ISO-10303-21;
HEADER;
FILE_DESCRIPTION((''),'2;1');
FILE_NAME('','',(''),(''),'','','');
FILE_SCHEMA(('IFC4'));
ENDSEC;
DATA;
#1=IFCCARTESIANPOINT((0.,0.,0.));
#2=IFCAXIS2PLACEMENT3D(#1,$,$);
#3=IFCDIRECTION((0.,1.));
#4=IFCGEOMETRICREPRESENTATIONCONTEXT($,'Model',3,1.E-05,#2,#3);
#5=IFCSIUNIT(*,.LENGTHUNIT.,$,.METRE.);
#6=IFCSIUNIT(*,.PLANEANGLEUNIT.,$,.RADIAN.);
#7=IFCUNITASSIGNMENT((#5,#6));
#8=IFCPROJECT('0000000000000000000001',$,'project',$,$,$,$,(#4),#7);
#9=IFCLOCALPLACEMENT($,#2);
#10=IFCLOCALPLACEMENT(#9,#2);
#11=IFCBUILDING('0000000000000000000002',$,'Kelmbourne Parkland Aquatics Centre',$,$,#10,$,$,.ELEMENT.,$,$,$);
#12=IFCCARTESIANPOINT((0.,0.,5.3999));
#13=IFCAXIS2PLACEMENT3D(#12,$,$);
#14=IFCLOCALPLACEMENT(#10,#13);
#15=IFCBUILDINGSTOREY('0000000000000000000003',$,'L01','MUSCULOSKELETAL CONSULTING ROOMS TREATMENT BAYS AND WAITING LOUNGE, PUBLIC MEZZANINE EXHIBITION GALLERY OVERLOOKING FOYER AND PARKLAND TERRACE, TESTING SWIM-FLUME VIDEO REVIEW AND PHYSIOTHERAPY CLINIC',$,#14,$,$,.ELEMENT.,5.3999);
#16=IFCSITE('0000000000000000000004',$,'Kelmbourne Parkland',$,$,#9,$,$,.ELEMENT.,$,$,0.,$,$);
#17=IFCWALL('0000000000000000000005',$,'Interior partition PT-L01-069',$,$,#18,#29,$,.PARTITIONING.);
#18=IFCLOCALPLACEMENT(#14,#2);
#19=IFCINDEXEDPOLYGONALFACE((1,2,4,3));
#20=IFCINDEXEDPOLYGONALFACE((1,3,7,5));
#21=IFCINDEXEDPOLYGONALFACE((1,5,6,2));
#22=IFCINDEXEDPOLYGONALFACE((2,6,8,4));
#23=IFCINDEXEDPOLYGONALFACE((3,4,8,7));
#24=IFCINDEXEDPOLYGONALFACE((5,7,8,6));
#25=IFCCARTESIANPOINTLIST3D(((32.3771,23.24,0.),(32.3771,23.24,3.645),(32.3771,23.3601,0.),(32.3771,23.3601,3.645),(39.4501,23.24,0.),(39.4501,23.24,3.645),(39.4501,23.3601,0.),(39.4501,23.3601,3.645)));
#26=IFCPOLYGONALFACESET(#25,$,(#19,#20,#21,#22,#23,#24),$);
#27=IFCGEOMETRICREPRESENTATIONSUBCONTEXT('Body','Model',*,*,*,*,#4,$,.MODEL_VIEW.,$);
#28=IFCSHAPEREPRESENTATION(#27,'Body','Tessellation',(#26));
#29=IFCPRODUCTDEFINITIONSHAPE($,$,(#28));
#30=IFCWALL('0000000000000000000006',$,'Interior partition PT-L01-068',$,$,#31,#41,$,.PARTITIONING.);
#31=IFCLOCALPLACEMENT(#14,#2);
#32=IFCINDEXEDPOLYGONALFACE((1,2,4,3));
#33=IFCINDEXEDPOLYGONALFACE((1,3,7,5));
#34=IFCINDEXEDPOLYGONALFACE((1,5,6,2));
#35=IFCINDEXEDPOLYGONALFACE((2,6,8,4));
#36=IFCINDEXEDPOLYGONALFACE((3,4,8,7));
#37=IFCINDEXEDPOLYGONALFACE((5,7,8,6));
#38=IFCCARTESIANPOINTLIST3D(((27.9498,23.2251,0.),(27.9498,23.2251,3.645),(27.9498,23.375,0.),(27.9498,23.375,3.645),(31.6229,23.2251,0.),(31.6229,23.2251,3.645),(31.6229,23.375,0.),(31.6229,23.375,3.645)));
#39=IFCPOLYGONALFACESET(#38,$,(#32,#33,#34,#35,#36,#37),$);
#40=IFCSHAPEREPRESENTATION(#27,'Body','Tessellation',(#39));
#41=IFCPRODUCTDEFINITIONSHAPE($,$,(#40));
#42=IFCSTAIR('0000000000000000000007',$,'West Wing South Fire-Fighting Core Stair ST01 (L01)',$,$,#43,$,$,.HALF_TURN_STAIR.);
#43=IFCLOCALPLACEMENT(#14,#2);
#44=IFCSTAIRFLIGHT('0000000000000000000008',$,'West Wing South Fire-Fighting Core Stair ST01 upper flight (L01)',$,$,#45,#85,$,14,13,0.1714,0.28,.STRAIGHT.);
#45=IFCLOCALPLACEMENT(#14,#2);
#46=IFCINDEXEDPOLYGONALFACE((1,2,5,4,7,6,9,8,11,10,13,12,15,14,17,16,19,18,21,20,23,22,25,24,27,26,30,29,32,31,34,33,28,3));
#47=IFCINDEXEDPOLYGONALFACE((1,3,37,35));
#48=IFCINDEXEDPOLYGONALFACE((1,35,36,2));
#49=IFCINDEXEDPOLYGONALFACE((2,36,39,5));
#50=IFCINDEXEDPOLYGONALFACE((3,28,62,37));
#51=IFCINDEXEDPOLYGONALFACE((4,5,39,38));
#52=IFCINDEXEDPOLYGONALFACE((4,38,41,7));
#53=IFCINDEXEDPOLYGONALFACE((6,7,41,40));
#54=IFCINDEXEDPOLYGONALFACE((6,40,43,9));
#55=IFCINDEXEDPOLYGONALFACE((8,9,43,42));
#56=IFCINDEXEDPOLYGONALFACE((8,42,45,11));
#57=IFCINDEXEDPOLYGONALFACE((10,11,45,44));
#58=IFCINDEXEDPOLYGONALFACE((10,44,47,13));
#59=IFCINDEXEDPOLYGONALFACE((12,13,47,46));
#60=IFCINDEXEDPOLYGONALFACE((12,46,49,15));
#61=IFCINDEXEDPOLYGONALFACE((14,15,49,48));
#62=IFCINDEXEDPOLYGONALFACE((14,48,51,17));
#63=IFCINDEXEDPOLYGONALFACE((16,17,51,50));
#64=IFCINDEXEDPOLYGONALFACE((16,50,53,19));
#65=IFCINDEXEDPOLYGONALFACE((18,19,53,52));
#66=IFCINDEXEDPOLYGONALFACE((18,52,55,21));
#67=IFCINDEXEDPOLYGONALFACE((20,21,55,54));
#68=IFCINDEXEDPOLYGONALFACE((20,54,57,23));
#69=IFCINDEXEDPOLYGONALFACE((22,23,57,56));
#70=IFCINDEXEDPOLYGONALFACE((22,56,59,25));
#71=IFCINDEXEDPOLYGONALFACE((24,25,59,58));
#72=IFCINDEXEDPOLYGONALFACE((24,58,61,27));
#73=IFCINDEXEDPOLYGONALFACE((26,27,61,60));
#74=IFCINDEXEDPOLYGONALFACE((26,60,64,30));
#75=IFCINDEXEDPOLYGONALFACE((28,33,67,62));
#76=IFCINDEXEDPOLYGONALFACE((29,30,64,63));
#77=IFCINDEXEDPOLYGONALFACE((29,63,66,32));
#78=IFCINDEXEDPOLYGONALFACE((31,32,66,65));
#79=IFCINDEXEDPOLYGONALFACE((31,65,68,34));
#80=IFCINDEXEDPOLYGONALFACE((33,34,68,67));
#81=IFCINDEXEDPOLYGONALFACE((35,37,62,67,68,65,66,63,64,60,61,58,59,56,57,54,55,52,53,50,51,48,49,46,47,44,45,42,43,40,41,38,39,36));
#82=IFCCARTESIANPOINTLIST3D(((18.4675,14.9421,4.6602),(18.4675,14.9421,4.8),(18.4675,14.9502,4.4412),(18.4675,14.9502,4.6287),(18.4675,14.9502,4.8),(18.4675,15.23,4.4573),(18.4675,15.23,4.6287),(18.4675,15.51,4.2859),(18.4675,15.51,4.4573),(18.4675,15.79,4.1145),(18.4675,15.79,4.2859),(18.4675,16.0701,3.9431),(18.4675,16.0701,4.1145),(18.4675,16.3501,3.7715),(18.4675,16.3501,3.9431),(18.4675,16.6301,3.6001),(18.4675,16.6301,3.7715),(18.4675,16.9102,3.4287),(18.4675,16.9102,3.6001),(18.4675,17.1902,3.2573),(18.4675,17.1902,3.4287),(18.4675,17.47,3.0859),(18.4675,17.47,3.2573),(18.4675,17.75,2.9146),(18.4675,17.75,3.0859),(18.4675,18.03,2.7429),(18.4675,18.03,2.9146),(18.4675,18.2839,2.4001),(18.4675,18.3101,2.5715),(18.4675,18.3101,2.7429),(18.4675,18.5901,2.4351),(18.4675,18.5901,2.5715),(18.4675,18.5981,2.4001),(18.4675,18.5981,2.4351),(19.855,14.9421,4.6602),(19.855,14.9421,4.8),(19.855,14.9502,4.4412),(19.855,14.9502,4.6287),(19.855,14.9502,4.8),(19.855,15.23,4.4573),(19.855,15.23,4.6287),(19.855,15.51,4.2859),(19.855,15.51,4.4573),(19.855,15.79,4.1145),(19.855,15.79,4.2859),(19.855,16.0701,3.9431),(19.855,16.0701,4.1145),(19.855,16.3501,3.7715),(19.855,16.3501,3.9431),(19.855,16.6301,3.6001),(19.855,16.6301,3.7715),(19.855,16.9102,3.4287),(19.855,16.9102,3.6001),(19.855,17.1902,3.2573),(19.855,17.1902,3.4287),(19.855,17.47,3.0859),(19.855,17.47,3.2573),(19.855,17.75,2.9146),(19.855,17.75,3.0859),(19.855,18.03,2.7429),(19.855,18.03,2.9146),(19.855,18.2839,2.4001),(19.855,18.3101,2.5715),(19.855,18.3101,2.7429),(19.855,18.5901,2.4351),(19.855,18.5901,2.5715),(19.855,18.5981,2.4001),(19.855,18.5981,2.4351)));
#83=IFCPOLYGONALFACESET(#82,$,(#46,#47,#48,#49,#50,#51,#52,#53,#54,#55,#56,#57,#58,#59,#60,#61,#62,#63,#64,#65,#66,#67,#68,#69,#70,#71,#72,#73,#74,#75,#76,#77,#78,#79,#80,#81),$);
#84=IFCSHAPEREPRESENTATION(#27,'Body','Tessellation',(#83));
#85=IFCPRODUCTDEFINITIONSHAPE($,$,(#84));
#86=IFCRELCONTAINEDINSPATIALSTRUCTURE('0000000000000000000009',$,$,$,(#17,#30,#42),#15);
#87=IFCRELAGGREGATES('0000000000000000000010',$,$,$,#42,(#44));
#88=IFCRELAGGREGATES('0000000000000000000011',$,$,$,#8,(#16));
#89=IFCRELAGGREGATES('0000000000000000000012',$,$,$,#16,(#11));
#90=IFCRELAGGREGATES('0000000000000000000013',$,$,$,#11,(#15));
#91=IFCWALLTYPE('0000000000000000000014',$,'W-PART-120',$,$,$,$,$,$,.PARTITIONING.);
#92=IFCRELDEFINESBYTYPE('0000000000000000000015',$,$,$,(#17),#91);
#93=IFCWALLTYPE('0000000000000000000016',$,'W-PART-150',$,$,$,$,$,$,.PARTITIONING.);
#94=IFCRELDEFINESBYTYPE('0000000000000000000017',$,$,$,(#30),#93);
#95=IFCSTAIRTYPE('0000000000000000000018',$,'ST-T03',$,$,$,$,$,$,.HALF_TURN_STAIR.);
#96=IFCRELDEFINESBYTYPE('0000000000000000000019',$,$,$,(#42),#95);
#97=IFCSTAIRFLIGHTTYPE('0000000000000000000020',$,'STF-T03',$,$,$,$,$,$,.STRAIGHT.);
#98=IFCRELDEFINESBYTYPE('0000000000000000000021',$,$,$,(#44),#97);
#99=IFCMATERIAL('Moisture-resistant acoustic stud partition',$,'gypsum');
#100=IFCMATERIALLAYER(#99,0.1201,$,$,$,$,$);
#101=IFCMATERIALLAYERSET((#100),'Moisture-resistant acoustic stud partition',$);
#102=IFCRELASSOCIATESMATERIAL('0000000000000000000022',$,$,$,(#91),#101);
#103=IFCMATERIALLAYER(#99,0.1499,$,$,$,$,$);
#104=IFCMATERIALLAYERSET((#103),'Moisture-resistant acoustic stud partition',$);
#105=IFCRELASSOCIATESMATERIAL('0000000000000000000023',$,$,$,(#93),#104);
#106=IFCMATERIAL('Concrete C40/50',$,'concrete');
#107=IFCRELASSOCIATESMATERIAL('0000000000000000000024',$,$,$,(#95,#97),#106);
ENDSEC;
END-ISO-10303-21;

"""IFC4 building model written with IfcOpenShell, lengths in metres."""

from ifc_helpers import new_model, si_unit, direction, frame, frame_2d, origin, place, context, subcontext, project, spatial, polyline, rectangle, outline, extrude, material, layer, layer_set, type_object, element, aggregate, save


model = new_model("IFC4")

# Units and contexts
model_context = context("Model", 3, precision=1e-05, world=origin(), true_north=direction((0.0, 1.0)))
body_context = subcontext(model_context, "Body", "Model", "MODEL_VIEW")
ifc_project = project(units=[si_unit("LENGTHUNIT", "METRE"), si_unit("PLANEANGLEUNIT", "RADIAN")], contexts=[model_context])

# Site, building, storey
site_placement = place(None, origin())
site = spatial("IfcSite", under=ifc_project, at=site_placement, Name="Kelmbourne Parkland", CompositionType="ELEMENT", RefElevation=0.0)
building_placement = place(site_placement, origin())
building = spatial("IfcBuilding", under=site, at=building_placement, Name="Kelmbourne Parkland Aquatics Centre", CompositionType="ELEMENT")
storey_placement = place(building_placement, frame((0.0, 0.0, 5.3999)))
storey = spatial("IfcBuildingStorey", under=building, at=storey_placement, Name="L01", Description="MUSCULOSKELETAL CONSULTING ROOMS TREATMENT BAYS AND WAITING LOUNGE, PUBLIC MEZZANINE EXHIBITION GALLERY OVERLOOKING FOYER AND PARKLAND TERRACE, TESTING SWIM-FLUME VIDEO REVIEW AND PHYSIOTHERAPY CLINIC", CompositionType="ELEMENT", Elevation=5.3999)

# Shared definitions
ifc_material_1 = material(Name="Concrete C40/50", Category="concrete")

# Walls
ifc_material_2 = material(Name="Moisture-resistant acoustic stud partition", Category="gypsum")
ifc_layer_1 = layer(ifc_material_2, 0.1201)
ifc_layer_set_1 = layer_set([ifc_layer_1], Name="Moisture-resistant acoustic stud partition")
wall_type_1 = type_object("IfcWallType", Name="W-PART-120", PredefinedType="PARTITIONING", material=ifc_layer_set_1)
wall_1_placement = place(storey_placement, frame((32.377, 23.3, 0.0), z_axis=(0.0, 0.0, 1.0), x_axis=(1.0, 0.0, 0.0)))
element("IfcWall", 1, at=wall_1_placement, inside=storey, type_object=wall_type_1, Name="Interior partition PT-L01-069", PredefinedType="PARTITIONING", context=body_context, shape_type="SweptSolid", body=[
    extrude(rectangle(XDim=7.073, YDim=0.1201, at=frame_2d((3.5366, 0.0))), origin(), (0.0, 0.0, 1.0), 3.645),
])
ifc_layer_2 = layer(ifc_material_2, 0.1499)
ifc_layer_set_2 = layer_set([ifc_layer_2], Name="Moisture-resistant acoustic stud partition")
wall_type_2 = type_object("IfcWallType", Name="W-PART-150", PredefinedType="PARTITIONING", material=ifc_layer_set_2)
wall_2_placement = place(storey_placement, frame((27.95, 23.3, 0.0), z_axis=(0.0, 0.0, 1.0), x_axis=(1.0, 0.0, 0.0)))
element("IfcWall", 2, at=wall_2_placement, inside=storey, type_object=wall_type_2, Name="Interior partition PT-L01-068", PredefinedType="PARTITIONING", context=body_context, shape_type="SweptSolid", body=[
    extrude(rectangle(XDim=3.6731, YDim=0.1499, at=frame_2d((1.8364, 0.0))), origin(), (0.0, 0.0, 1.0), 3.645),
])

# Stair, stair flight
stair_type = type_object("IfcStairType", Name="ST-T03", PredefinedType="HALF_TURN_STAIR", material=ifc_material_1)
stair_placement = place(storey_placement, origin())
stair = element("IfcStair", 3, at=stair_placement, inside=storey, type_object=stair_type, Name="West Wing South Fire-Fighting Core Stair ST01 (L01)", PredefinedType="HALF_TURN_STAIR")
stair_flight_type = type_object("IfcStairFlightType", Name="STF-T03", PredefinedType="STRAIGHT", material=ifc_material_1)
stair_flight_placement = place(storey_placement, frame((19.1611, 18.5901, 2.4001), z_axis=(0.0, 0.0, 1.0), x_axis=(0.0, -1.0, 0.0)))
stair_flight = element("IfcStairFlight", 4, at=stair_flight_placement, type_object=stair_flight_type, Name="West Wing South Fire-Fighting Core Stair ST01 upper flight (L01)", NumberOfRisers=14, NumberOfTreads=13, PredefinedType="STRAIGHT", RiserHeight=0.1714, TreadLength=0.28, context=body_context, shape_type="SweptSolid", body=[
    extrude(outline(polyline([(-0.0081, 0.0), (-0.0081, 0.0349), (0.0, 0.0349), (0.0, 0.1714), (0.28, 0.1714), (0.28, 0.3428), (0.5601, 0.3428), (0.5601, 0.5144), (0.8401, 0.5144), (0.8401, 0.6858), (1.1201, 0.6858), (1.1201, 0.8572), (1.3999, 0.8572), (1.3999, 1.0286), (1.6799, 1.0286), (1.6799, 1.2), (1.96, 1.2), (1.96, 1.3713), (2.24, 1.3713), (2.24, 1.543), (2.52, 1.543), (2.52, 1.7144), (2.8, 1.7144), (2.8, 1.8857), (3.0801, 1.8857), (3.0801, 2.0571), (3.3601, 2.0571), (3.3601, 2.2285), (3.6399, 2.2285), (3.6399, 2.3999), (3.6479, 2.3999), (3.6479, 2.26), (3.6399, 2.041), (0.3062, 0.0), (-0.0081, 0.0)])), frame((0.0, 0.6938, 0.0), z_axis=(0.0, -1.0, 0.0), x_axis=(1.0, 0.0, 0.0)), (0.0, 0.0, 1.0), 1.3875),
])
aggregate(stair, [stair_flight])

save(model, "model.ifc")
